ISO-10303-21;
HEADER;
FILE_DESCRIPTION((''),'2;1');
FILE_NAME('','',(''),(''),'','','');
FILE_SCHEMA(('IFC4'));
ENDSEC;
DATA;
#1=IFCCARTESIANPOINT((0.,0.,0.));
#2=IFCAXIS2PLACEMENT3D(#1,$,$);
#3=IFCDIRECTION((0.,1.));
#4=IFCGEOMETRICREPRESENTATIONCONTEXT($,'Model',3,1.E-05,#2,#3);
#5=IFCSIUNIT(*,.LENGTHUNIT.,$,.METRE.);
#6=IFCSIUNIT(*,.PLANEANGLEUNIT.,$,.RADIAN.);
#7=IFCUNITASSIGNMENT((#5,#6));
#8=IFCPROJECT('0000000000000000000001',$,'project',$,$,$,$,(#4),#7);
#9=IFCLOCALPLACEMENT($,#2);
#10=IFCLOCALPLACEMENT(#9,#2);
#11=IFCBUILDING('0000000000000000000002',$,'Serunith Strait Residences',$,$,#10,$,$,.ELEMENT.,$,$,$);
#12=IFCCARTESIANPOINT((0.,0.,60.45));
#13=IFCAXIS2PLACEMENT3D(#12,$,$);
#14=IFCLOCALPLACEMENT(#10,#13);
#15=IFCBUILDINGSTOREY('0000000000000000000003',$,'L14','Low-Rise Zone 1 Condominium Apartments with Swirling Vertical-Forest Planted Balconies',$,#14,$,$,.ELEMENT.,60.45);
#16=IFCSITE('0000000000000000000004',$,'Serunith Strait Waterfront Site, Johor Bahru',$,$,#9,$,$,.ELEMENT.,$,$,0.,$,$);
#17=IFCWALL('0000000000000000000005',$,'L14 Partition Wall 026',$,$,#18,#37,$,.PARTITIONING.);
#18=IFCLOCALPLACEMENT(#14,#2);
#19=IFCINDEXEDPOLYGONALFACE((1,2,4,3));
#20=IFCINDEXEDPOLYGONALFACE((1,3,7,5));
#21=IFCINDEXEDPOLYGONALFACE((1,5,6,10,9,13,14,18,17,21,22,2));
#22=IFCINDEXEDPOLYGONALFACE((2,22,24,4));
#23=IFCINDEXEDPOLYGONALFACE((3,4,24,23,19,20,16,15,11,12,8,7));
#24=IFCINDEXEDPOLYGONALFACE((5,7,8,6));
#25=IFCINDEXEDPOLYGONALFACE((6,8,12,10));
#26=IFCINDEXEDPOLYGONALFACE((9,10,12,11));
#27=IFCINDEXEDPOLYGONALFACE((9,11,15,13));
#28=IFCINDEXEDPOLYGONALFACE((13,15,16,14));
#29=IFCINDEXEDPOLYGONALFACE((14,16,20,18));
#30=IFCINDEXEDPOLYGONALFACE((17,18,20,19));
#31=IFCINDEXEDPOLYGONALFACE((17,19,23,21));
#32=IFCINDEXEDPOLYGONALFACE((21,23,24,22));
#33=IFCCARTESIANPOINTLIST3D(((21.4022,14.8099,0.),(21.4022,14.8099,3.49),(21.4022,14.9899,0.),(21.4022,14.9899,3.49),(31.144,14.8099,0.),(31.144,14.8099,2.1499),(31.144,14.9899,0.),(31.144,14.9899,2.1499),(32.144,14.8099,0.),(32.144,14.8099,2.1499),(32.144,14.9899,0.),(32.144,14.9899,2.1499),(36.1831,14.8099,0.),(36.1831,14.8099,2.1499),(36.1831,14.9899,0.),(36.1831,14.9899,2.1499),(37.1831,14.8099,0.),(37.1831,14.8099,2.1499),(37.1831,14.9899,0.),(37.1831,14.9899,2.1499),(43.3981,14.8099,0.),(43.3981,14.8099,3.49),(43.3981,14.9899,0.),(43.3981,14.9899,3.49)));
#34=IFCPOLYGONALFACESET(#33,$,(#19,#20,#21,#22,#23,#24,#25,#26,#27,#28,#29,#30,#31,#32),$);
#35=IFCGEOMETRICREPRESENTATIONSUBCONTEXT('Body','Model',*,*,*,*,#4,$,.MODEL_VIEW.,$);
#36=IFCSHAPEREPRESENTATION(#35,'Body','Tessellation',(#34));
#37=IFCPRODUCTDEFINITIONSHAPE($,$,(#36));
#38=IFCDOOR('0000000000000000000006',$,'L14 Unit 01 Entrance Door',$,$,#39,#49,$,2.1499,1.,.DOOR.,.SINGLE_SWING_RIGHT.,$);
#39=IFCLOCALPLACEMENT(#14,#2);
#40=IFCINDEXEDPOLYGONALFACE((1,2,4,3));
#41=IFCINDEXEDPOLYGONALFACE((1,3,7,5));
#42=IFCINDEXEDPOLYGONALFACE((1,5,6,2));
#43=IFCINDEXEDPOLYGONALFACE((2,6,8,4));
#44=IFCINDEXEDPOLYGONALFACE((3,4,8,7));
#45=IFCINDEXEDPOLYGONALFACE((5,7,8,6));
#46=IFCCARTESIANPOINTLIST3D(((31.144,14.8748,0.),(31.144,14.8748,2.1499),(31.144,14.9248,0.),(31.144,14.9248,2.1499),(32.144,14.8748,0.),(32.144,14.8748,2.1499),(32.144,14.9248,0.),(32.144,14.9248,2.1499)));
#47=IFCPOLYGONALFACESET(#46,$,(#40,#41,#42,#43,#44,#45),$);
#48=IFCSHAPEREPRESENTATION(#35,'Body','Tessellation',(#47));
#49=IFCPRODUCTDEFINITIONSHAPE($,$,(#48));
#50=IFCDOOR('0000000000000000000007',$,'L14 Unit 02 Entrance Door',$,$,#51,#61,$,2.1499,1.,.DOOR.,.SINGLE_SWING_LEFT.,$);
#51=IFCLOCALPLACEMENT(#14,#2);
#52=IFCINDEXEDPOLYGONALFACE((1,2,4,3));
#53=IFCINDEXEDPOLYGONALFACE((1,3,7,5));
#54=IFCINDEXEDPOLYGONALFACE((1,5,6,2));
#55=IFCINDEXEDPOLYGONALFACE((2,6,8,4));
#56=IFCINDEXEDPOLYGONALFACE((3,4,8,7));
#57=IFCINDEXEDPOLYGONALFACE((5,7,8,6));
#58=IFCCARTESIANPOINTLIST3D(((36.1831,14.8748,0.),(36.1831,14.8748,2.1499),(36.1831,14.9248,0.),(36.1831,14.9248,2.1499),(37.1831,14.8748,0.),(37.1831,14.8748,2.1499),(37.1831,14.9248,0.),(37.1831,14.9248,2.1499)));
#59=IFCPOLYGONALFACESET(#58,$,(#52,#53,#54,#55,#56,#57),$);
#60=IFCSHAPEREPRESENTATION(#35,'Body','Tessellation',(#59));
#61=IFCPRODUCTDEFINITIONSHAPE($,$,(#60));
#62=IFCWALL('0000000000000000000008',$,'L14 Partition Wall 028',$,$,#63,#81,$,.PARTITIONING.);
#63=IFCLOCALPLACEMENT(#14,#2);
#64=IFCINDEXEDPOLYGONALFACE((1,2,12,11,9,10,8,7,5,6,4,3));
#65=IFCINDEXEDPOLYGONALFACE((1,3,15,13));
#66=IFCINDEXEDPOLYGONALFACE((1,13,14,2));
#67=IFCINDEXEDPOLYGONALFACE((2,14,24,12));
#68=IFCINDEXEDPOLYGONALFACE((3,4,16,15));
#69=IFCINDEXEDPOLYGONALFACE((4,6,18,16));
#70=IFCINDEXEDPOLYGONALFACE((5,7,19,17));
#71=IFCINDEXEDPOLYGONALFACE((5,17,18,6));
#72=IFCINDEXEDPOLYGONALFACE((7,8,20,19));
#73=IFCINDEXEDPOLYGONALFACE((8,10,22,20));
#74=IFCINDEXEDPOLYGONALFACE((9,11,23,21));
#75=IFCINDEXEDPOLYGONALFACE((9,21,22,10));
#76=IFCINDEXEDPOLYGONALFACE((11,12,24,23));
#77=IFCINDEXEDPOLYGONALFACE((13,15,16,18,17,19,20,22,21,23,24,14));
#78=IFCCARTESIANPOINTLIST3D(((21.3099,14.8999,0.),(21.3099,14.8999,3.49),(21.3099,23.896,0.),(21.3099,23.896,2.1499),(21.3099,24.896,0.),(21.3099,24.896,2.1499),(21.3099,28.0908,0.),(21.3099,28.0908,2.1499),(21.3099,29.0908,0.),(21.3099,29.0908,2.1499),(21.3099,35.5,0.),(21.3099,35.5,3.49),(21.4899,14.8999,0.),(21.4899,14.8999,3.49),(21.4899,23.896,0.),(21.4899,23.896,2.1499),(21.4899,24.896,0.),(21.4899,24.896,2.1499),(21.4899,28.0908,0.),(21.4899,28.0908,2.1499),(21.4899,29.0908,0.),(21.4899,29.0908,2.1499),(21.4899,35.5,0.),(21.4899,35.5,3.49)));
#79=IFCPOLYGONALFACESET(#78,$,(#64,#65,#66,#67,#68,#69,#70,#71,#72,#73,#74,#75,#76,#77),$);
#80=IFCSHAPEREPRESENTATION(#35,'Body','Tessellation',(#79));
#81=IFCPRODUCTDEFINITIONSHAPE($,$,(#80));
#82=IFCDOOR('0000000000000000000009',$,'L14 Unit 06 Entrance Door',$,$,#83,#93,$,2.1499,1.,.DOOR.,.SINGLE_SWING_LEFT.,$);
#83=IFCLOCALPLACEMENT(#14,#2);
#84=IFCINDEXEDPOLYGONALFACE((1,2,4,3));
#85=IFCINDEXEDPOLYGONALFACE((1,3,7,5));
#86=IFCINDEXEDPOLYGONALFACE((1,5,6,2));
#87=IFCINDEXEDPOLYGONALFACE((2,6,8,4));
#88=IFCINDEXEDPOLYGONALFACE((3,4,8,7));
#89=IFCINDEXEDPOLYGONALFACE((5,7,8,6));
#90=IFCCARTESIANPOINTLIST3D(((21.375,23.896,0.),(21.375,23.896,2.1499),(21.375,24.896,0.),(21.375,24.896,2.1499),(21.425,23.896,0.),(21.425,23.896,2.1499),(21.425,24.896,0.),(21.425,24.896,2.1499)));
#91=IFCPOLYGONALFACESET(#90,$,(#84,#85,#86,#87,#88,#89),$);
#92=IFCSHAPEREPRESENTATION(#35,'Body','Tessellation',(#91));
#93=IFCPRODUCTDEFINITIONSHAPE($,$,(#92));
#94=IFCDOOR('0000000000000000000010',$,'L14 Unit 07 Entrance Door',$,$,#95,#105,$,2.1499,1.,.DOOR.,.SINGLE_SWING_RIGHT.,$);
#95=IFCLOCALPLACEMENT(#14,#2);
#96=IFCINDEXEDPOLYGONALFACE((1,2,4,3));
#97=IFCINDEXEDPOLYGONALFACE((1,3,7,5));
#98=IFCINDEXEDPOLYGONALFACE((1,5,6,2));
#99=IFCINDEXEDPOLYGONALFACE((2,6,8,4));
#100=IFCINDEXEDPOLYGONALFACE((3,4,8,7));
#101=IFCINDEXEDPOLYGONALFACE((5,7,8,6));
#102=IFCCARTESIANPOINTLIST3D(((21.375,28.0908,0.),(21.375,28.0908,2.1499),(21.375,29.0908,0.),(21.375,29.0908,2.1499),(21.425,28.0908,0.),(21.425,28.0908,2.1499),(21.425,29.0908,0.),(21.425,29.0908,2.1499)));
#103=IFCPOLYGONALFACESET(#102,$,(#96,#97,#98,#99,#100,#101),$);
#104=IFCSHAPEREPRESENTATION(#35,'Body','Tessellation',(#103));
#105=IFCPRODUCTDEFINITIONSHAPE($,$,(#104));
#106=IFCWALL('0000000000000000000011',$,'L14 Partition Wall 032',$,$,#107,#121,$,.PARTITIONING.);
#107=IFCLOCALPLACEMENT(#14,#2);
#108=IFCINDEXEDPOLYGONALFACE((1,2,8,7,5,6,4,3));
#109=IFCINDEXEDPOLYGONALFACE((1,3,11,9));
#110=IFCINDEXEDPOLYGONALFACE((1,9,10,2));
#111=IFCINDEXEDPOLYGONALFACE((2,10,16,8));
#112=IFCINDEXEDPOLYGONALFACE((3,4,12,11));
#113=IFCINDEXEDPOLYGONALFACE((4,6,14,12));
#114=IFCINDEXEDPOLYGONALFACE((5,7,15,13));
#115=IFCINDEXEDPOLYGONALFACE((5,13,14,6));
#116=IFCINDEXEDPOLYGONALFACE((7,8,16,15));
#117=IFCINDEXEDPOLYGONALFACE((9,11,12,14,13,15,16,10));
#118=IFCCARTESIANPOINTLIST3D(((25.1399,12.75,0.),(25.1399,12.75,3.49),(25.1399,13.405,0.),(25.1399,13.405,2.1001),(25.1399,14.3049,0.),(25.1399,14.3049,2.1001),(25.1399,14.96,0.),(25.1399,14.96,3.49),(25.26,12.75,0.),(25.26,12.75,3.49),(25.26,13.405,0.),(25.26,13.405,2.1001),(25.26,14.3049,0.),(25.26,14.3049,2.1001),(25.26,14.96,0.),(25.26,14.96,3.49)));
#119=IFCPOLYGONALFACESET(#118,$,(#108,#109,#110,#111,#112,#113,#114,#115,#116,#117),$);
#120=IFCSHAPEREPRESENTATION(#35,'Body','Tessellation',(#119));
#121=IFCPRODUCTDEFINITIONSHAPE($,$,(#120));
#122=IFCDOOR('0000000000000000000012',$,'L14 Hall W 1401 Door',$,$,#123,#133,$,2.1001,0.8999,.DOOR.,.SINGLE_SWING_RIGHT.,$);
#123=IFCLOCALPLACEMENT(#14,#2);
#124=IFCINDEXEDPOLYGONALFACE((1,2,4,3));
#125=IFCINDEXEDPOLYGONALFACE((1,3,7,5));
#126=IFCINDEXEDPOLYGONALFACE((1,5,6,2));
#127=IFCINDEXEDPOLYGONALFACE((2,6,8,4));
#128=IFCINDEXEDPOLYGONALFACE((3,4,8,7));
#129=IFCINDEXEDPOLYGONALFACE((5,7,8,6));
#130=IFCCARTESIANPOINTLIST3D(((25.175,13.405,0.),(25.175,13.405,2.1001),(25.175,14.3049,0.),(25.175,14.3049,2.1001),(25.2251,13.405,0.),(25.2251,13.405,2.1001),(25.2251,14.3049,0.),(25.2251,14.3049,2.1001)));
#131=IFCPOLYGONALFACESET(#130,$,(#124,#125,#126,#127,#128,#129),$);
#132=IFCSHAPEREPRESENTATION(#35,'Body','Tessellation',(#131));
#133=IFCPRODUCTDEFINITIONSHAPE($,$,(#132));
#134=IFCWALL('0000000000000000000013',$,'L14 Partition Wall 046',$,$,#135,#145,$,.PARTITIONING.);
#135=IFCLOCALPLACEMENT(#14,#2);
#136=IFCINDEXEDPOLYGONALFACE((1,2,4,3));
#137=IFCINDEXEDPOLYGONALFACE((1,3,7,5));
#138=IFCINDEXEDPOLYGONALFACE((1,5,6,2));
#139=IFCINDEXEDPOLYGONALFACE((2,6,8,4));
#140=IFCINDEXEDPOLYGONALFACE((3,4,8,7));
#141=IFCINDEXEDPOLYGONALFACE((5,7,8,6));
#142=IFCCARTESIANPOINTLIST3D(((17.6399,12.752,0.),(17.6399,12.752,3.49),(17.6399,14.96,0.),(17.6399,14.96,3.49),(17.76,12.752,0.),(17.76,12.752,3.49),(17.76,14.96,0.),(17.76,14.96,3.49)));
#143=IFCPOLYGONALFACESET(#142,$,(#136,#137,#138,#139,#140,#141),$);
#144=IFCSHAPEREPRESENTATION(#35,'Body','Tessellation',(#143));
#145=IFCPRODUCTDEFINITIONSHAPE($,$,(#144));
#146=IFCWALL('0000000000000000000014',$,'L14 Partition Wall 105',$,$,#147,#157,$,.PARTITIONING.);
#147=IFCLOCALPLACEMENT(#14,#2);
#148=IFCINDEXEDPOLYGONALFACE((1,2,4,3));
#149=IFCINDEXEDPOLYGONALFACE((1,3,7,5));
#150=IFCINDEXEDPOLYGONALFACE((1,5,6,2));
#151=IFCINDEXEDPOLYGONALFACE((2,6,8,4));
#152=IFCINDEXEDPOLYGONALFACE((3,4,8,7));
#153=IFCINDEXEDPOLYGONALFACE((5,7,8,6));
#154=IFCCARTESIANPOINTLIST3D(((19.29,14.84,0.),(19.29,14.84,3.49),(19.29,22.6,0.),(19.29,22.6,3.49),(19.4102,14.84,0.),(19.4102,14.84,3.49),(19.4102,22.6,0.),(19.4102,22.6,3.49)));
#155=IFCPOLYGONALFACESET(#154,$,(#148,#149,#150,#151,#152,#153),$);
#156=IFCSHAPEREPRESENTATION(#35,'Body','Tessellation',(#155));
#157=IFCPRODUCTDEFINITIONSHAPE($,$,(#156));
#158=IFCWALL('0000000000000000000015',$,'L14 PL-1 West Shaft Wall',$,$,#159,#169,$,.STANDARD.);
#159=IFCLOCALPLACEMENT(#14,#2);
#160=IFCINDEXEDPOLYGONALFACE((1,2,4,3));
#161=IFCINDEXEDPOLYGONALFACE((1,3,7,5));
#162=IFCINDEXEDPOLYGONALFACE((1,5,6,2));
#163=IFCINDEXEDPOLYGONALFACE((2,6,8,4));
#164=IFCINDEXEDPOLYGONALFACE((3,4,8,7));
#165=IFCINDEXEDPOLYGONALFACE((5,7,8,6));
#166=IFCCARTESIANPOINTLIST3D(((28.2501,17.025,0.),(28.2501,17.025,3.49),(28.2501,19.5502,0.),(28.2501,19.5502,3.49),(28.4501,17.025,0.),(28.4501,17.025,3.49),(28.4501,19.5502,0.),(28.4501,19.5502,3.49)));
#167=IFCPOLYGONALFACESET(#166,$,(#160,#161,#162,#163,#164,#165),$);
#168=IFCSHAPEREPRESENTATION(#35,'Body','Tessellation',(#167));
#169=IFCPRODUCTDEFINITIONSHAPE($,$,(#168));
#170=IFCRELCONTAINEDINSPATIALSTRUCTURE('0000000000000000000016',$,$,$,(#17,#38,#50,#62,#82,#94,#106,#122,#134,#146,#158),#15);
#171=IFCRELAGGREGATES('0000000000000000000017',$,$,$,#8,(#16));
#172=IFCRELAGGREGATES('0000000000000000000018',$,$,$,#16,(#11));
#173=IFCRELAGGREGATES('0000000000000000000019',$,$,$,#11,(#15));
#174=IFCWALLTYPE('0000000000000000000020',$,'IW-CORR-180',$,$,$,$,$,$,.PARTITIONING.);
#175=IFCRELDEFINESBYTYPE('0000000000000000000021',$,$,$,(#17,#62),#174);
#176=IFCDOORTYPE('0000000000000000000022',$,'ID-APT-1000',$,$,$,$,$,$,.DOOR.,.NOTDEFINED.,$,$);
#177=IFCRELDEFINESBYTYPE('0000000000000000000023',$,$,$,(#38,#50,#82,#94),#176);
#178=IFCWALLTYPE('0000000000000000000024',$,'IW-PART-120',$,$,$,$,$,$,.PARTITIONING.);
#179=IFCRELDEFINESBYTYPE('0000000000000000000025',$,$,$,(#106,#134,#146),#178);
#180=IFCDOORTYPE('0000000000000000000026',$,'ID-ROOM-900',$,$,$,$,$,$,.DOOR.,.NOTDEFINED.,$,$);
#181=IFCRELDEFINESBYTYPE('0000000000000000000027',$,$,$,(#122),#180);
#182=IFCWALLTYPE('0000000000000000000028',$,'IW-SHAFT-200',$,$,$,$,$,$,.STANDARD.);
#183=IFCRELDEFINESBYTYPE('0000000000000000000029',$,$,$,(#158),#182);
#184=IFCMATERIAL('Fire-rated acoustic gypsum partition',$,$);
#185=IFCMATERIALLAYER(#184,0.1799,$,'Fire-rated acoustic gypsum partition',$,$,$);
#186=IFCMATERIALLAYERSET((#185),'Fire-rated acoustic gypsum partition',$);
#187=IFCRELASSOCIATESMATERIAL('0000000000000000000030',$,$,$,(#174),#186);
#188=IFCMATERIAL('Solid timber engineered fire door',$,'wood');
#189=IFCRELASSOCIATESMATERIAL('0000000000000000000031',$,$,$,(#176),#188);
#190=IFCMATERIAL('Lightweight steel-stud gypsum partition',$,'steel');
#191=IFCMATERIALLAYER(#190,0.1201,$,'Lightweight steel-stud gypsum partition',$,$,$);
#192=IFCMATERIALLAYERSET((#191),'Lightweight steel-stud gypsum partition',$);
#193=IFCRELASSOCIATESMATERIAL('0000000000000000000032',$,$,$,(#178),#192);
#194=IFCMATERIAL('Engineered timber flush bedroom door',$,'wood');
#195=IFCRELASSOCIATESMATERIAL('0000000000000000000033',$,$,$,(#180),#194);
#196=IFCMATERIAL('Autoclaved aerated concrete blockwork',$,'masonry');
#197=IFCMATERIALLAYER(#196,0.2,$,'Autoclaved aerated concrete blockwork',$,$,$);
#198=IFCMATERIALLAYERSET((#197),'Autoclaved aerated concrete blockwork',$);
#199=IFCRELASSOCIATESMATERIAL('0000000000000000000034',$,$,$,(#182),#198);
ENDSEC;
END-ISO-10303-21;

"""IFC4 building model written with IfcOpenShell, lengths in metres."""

from ifc_helpers import new_model, si_unit, direction, frame, frame_2d, origin, place, context, subcontext, project, spatial, rectangle, extrude, source, transform, mapped, material, layer, layer_set, type_object, element, fill, save


model = new_model("IFC4")

# Units and contexts
model_context = context("Model", 3, precision=1e-05, world=origin(), true_north=direction((0.0, 1.0)))
body_context = subcontext(model_context, "Body", "Model", "MODEL_VIEW")
ifc_project = project(units=[si_unit("LENGTHUNIT", "METRE"), si_unit("PLANEANGLEUNIT", "RADIAN")], contexts=[model_context])

# Site, building, storey
site_placement = place(None, origin())
site = spatial("IfcSite", under=ifc_project, at=site_placement, Name="Serunith Strait Waterfront Site, Johor Bahru", CompositionType="ELEMENT", RefElevation=0.0)
building_placement = place(site_placement, origin())
building = spatial("IfcBuilding", under=site, at=building_placement, Name="Serunith Strait Residences", CompositionType="ELEMENT")
storey_placement = place(building_placement, frame((0.0, 0.0, 60.45)))
storey = spatial("IfcBuildingStorey", under=building, at=storey_placement, Name="L14", Description="Low-Rise Zone 1 Condominium Apartments with Swirling Vertical-Forest Planted Balconies", CompositionType="ELEMENT", Elevation=60.45)

# Walls, openings, doors
ifc_material_1 = material(Name="Fire-rated acoustic gypsum partition")
ifc_layer_1 = layer(ifc_material_1, 0.1799, Name="Fire-rated acoustic gypsum partition")
ifc_layer_set_1 = layer_set([ifc_layer_1], Name="Fire-rated acoustic gypsum partition")
wall_type_1 = type_object("IfcWallType", Name="IW-CORR-180", PredefinedType="PARTITIONING", material=ifc_layer_set_1)
wall_1_placement = place(storey_placement, frame((21.4021, 14.8999, 0.0), z_axis=(0.0, 0.0, 1.0), x_axis=(1.0, 0.0, 0.0)))
wall_1 = element("IfcWall", 1, at=wall_1_placement, inside=storey, type_object=wall_type_1, Name="L14 Partition Wall 026", PredefinedType="PARTITIONING", context=body_context, shape_type="SweptSolid", body=[
    extrude(rectangle(XDim=21.9958, YDim=0.1799, at=frame_2d((10.998, 0.0))), origin(), (0.0, 0.0, 1.0), 3.49),
])
opening_1_placement = place(wall_1_placement, frame((9.7419, 0.0, 0.0)))
opening_1 = element("IfcOpeningElement", 2, at=opening_1_placement, cuts=wall_1, PredefinedType="OPENING", context=body_context, shape_type="SweptSolid", body=[
    extrude(rectangle(XDim=1.0, YDim=2.1499, at=frame_2d((0.5, 1.075))), frame((0.0, 0.1001, 0.0), z_axis=(0.0, -1.0, 0.0), x_axis=(1.0, 0.0, 0.0)), (0.0, 0.0, 1.0), 0.2),
])
opening_2_placement = place(wall_1_placement, frame((14.781, 0.0, 0.0)))
opening_2 = element("IfcOpeningElement", 3, at=opening_2_placement, cuts=wall_1, PredefinedType="OPENING", context=body_context, shape_type="SweptSolid", body=[
    extrude(rectangle(XDim=1.0, YDim=2.1499, at=frame_2d((0.5, 1.075))), frame((0.0, 0.1001, 0.0), z_axis=(0.0, -1.0, 0.0), x_axis=(1.0, 0.0, 0.0)), (0.0, 0.0, 1.0), 0.2),
])
ifc_material_2 = material(Name="Solid timber engineered fire door", Category="wood")
door_type_1 = type_object("IfcDoorType", Name="ID-APT-1000", OperationType="NOTDEFINED", PredefinedType="DOOR", material=ifc_material_2)
shared_shape_1 = source(origin(), body_context, "Body", "SweptSolid", [
    extrude(rectangle(XDim=1.0, YDim=2.1499, at=frame_2d((0.5, 1.075))), frame((0.0, 0.0249, 0.0), z_axis=(0.0, -1.0, 0.0), x_axis=(1.0, 0.0, 0.0)), (0.0, 0.0, 1.0), 0.05),
])
door_1_placement = place(opening_1_placement, origin())
door_1 = element("IfcDoor", 4, at=door_1_placement, inside=storey, type_object=door_type_1, Name="L14 Unit 01 Entrance Door", OperationType="SINGLE_SWING_RIGHT", OverallHeight=2.1499, OverallWidth=1.0, PredefinedType="DOOR", context=body_context, shape_type="MappedRepresentation", body=[
    mapped(shared_shape_1, transform((0.0, 0.0, 0.0), scale=1.0)),
])
fill(opening_1, door_1)
door_2_placement = place(opening_2_placement, origin())
door_2 = element("IfcDoor", 5, at=door_2_placement, inside=storey, type_object=door_type_1, Name="L14 Unit 02 Entrance Door", OperationType="SINGLE_SWING_LEFT", OverallHeight=2.1499, OverallWidth=1.0, PredefinedType="DOOR", context=body_context, shape_type="MappedRepresentation", body=[
    mapped(shared_shape_1, transform((0.0, 0.0, 0.0), scale=1.0)),
])
fill(opening_2, door_2)
wall_2_placement = place(storey_placement, frame((21.3999, 14.8999, 0.0), z_axis=(0.0, 0.0, 1.0), x_axis=(0.0, 1.0, 0.0)))
wall_2 = element("IfcWall", 6, at=wall_2_placement, inside=storey, type_object=wall_type_1, Name="L14 Partition Wall 028", PredefinedType="PARTITIONING", context=body_context, shape_type="SweptSolid", body=[
    extrude(rectangle(XDim=20.6001, YDim=0.1799, at=frame_2d((10.3, 0.0))), origin(), (0.0, 0.0, 1.0), 3.49),
])
opening_3_placement = place(wall_2_placement, frame((8.9961, 0.0, 0.0)))
opening_3 = element("IfcOpeningElement", 7, at=opening_3_placement, cuts=wall_2, PredefinedType="OPENING", context=body_context, shape_type="SweptSolid", body=[
    extrude(rectangle(XDim=1.0, YDim=2.1499, at=frame_2d((0.5, 1.075))), frame((0.0, 0.1001, 0.0), z_axis=(0.0, -1.0, 0.0), x_axis=(1.0, 0.0, 0.0)), (0.0, 0.0, 1.0), 0.2),
])
opening_4_placement = place(wall_2_placement, frame((13.1909, 0.0, 0.0)))
opening_4 = element("IfcOpeningElement", 8, at=opening_4_placement, cuts=wall_2, PredefinedType="OPENING", context=body_context, shape_type="SweptSolid", body=[
    extrude(rectangle(XDim=1.0, YDim=2.1499, at=frame_2d((0.5, 1.075))), frame((0.0, 0.1001, 0.0), z_axis=(0.0, -1.0, 0.0), x_axis=(1.0, 0.0, 0.0)), (0.0, 0.0, 1.0), 0.2),
])
door_3_placement = place(opening_3_placement, origin())
door_3 = element("IfcDoor", 9, at=door_3_placement, inside=storey, type_object=door_type_1, Name="L14 Unit 06 Entrance Door", OperationType="SINGLE_SWING_LEFT", OverallHeight=2.1499, OverallWidth=1.0, PredefinedType="DOOR", context=body_context, shape_type="MappedRepresentation", body=[
    mapped(shared_shape_1, transform((0.0, 0.0, 0.0), scale=1.0)),
])
fill(opening_3, door_3)
door_4_placement = place(opening_4_placement, origin())
door_4 = element("IfcDoor", 10, at=door_4_placement, inside=storey, type_object=door_type_1, Name="L14 Unit 07 Entrance Door", OperationType="SINGLE_SWING_RIGHT", OverallHeight=2.1499, OverallWidth=1.0, PredefinedType="DOOR", context=body_context, shape_type="MappedRepresentation", body=[
    mapped(shared_shape_1, transform((0.0, 0.0, 0.0), scale=1.0)),
])
fill(opening_4, door_4)

# Wall, opening, door
ifc_material_3 = material(Name="Lightweight steel-stud gypsum partition", Category="steel")
ifc_layer_2 = layer(ifc_material_3, 0.1201, Name="Lightweight steel-stud gypsum partition")
ifc_layer_set_2 = layer_set([ifc_layer_2], Name="Lightweight steel-stud gypsum partition")
wall_type_2 = type_object("IfcWallType", Name="IW-PART-120", PredefinedType="PARTITIONING", material=ifc_layer_set_2)
wall_3_placement = place(storey_placement, frame((25.2, 12.75, 0.0), z_axis=(0.0, 0.0, 1.0), x_axis=(0.0, 1.0, 0.0)))
wall_3 = element("IfcWall", 11, at=wall_3_placement, inside=storey, type_object=wall_type_2, Name="L14 Partition Wall 032", PredefinedType="PARTITIONING", context=body_context, shape_type="SweptSolid", body=[
    extrude(rectangle(XDim=2.21, YDim=0.1201, at=frame_2d((1.105, 0.0))), origin(), (0.0, 0.0, 1.0), 3.49),
])
opening_5_placement = place(wall_3_placement, frame((0.655, 0.0, 0.0)))
opening_5 = element("IfcOpeningElement", 12, at=opening_5_placement, cuts=wall_3, PredefinedType="OPENING", context=body_context, shape_type="SweptSolid", body=[
    extrude(rectangle(XDim=0.8999, YDim=2.1001, at=frame_2d((0.45, 1.05))), frame((0.0, 0.0701, 0.0), z_axis=(0.0, -1.0, 0.0), x_axis=(1.0, 0.0, 0.0)), (0.0, 0.0, 1.0), 0.1401),
])
ifc_material_4 = material(Name="Engineered timber flush bedroom door", Category="wood")
door_type_2 = type_object("IfcDoorType", Name="ID-ROOM-900", OperationType="NOTDEFINED", PredefinedType="DOOR", material=ifc_material_4)
shared_shape_2 = source(origin(), body_context, "Body", "SweptSolid", [
    extrude(rectangle(XDim=0.8999, YDim=2.1001, at=frame_2d((0.45, 1.05))), frame((0.0, 0.0249, 0.0), z_axis=(0.0, -1.0, 0.0), x_axis=(1.0, 0.0, 0.0)), (0.0, 0.0, 1.0), 0.05),
])
door_5_placement = place(opening_5_placement, origin())
door_5 = element("IfcDoor", 13, at=door_5_placement, inside=storey, type_object=door_type_2, Name="L14 Hall W 1401 Door", OperationType="SINGLE_SWING_RIGHT", OverallHeight=2.1001, OverallWidth=0.8999, PredefinedType="DOOR", context=body_context, shape_type="MappedRepresentation", body=[
    mapped(shared_shape_2, transform((0.0, 0.0, 0.0), scale=1.0)),
])
fill(opening_5, door_5)

# Walls
wall_4_placement = place(storey_placement, frame((17.7, 12.752, 0.0), z_axis=(0.0, 0.0, 1.0), x_axis=(0.0, 1.0, 0.0)))
element("IfcWall", 14, at=wall_4_placement, inside=storey, type_object=wall_type_2, Name="L14 Partition Wall 046", PredefinedType="PARTITIONING", context=body_context, shape_type="SweptSolid", body=[
    extrude(rectangle(XDim=2.208, YDim=0.1201, at=frame_2d((1.104, 0.0))), origin(), (0.0, 0.0, 1.0), 3.49),
])
wall_5_placement = place(storey_placement, frame((19.3501, 14.8401, 0.0), z_axis=(0.0, 0.0, 1.0), x_axis=(0.0, 1.0, 0.0)))
element("IfcWall", 15, at=wall_5_placement, inside=storey, type_object=wall_type_2, Name="L14 Partition Wall 105", PredefinedType="PARTITIONING", context=body_context, shape_type="SweptSolid", body=[
    extrude(rectangle(XDim=7.76, YDim=0.1201, at=frame_2d((3.8799, 0.0))), origin(), (0.0, 0.0, 1.0), 3.49),
])
ifc_material_5 = material(Name="Autoclaved aerated concrete blockwork", Category="masonry")
ifc_layer_3 = layer(ifc_material_5, 0.2, Name="Autoclaved aerated concrete blockwork")
ifc_layer_set_3 = layer_set([ifc_layer_3], Name="Autoclaved aerated concrete blockwork")
wall_type_3 = type_object("IfcWallType", Name="IW-SHAFT-200", PredefinedType="STANDARD", material=ifc_layer_set_3)
wall_6_placement = place(storey_placement, frame((28.3501, 17.0249, 0.0), z_axis=(0.0, 0.0, 1.0), x_axis=(0.0, 1.0, 0.0)))
element("IfcWall", 16, at=wall_6_placement, inside=storey, type_object=wall_type_3, Name="L14 PL-1 West Shaft Wall", PredefinedType="STANDARD", context=body_context, shape_type="SweptSolid", body=[
    extrude(rectangle(XDim=2.5251, YDim=0.2, at=frame_2d((1.2627, 0.0))), origin(), (0.0, 0.0, 1.0), 3.49),
])

save(model, "model.ifc")
